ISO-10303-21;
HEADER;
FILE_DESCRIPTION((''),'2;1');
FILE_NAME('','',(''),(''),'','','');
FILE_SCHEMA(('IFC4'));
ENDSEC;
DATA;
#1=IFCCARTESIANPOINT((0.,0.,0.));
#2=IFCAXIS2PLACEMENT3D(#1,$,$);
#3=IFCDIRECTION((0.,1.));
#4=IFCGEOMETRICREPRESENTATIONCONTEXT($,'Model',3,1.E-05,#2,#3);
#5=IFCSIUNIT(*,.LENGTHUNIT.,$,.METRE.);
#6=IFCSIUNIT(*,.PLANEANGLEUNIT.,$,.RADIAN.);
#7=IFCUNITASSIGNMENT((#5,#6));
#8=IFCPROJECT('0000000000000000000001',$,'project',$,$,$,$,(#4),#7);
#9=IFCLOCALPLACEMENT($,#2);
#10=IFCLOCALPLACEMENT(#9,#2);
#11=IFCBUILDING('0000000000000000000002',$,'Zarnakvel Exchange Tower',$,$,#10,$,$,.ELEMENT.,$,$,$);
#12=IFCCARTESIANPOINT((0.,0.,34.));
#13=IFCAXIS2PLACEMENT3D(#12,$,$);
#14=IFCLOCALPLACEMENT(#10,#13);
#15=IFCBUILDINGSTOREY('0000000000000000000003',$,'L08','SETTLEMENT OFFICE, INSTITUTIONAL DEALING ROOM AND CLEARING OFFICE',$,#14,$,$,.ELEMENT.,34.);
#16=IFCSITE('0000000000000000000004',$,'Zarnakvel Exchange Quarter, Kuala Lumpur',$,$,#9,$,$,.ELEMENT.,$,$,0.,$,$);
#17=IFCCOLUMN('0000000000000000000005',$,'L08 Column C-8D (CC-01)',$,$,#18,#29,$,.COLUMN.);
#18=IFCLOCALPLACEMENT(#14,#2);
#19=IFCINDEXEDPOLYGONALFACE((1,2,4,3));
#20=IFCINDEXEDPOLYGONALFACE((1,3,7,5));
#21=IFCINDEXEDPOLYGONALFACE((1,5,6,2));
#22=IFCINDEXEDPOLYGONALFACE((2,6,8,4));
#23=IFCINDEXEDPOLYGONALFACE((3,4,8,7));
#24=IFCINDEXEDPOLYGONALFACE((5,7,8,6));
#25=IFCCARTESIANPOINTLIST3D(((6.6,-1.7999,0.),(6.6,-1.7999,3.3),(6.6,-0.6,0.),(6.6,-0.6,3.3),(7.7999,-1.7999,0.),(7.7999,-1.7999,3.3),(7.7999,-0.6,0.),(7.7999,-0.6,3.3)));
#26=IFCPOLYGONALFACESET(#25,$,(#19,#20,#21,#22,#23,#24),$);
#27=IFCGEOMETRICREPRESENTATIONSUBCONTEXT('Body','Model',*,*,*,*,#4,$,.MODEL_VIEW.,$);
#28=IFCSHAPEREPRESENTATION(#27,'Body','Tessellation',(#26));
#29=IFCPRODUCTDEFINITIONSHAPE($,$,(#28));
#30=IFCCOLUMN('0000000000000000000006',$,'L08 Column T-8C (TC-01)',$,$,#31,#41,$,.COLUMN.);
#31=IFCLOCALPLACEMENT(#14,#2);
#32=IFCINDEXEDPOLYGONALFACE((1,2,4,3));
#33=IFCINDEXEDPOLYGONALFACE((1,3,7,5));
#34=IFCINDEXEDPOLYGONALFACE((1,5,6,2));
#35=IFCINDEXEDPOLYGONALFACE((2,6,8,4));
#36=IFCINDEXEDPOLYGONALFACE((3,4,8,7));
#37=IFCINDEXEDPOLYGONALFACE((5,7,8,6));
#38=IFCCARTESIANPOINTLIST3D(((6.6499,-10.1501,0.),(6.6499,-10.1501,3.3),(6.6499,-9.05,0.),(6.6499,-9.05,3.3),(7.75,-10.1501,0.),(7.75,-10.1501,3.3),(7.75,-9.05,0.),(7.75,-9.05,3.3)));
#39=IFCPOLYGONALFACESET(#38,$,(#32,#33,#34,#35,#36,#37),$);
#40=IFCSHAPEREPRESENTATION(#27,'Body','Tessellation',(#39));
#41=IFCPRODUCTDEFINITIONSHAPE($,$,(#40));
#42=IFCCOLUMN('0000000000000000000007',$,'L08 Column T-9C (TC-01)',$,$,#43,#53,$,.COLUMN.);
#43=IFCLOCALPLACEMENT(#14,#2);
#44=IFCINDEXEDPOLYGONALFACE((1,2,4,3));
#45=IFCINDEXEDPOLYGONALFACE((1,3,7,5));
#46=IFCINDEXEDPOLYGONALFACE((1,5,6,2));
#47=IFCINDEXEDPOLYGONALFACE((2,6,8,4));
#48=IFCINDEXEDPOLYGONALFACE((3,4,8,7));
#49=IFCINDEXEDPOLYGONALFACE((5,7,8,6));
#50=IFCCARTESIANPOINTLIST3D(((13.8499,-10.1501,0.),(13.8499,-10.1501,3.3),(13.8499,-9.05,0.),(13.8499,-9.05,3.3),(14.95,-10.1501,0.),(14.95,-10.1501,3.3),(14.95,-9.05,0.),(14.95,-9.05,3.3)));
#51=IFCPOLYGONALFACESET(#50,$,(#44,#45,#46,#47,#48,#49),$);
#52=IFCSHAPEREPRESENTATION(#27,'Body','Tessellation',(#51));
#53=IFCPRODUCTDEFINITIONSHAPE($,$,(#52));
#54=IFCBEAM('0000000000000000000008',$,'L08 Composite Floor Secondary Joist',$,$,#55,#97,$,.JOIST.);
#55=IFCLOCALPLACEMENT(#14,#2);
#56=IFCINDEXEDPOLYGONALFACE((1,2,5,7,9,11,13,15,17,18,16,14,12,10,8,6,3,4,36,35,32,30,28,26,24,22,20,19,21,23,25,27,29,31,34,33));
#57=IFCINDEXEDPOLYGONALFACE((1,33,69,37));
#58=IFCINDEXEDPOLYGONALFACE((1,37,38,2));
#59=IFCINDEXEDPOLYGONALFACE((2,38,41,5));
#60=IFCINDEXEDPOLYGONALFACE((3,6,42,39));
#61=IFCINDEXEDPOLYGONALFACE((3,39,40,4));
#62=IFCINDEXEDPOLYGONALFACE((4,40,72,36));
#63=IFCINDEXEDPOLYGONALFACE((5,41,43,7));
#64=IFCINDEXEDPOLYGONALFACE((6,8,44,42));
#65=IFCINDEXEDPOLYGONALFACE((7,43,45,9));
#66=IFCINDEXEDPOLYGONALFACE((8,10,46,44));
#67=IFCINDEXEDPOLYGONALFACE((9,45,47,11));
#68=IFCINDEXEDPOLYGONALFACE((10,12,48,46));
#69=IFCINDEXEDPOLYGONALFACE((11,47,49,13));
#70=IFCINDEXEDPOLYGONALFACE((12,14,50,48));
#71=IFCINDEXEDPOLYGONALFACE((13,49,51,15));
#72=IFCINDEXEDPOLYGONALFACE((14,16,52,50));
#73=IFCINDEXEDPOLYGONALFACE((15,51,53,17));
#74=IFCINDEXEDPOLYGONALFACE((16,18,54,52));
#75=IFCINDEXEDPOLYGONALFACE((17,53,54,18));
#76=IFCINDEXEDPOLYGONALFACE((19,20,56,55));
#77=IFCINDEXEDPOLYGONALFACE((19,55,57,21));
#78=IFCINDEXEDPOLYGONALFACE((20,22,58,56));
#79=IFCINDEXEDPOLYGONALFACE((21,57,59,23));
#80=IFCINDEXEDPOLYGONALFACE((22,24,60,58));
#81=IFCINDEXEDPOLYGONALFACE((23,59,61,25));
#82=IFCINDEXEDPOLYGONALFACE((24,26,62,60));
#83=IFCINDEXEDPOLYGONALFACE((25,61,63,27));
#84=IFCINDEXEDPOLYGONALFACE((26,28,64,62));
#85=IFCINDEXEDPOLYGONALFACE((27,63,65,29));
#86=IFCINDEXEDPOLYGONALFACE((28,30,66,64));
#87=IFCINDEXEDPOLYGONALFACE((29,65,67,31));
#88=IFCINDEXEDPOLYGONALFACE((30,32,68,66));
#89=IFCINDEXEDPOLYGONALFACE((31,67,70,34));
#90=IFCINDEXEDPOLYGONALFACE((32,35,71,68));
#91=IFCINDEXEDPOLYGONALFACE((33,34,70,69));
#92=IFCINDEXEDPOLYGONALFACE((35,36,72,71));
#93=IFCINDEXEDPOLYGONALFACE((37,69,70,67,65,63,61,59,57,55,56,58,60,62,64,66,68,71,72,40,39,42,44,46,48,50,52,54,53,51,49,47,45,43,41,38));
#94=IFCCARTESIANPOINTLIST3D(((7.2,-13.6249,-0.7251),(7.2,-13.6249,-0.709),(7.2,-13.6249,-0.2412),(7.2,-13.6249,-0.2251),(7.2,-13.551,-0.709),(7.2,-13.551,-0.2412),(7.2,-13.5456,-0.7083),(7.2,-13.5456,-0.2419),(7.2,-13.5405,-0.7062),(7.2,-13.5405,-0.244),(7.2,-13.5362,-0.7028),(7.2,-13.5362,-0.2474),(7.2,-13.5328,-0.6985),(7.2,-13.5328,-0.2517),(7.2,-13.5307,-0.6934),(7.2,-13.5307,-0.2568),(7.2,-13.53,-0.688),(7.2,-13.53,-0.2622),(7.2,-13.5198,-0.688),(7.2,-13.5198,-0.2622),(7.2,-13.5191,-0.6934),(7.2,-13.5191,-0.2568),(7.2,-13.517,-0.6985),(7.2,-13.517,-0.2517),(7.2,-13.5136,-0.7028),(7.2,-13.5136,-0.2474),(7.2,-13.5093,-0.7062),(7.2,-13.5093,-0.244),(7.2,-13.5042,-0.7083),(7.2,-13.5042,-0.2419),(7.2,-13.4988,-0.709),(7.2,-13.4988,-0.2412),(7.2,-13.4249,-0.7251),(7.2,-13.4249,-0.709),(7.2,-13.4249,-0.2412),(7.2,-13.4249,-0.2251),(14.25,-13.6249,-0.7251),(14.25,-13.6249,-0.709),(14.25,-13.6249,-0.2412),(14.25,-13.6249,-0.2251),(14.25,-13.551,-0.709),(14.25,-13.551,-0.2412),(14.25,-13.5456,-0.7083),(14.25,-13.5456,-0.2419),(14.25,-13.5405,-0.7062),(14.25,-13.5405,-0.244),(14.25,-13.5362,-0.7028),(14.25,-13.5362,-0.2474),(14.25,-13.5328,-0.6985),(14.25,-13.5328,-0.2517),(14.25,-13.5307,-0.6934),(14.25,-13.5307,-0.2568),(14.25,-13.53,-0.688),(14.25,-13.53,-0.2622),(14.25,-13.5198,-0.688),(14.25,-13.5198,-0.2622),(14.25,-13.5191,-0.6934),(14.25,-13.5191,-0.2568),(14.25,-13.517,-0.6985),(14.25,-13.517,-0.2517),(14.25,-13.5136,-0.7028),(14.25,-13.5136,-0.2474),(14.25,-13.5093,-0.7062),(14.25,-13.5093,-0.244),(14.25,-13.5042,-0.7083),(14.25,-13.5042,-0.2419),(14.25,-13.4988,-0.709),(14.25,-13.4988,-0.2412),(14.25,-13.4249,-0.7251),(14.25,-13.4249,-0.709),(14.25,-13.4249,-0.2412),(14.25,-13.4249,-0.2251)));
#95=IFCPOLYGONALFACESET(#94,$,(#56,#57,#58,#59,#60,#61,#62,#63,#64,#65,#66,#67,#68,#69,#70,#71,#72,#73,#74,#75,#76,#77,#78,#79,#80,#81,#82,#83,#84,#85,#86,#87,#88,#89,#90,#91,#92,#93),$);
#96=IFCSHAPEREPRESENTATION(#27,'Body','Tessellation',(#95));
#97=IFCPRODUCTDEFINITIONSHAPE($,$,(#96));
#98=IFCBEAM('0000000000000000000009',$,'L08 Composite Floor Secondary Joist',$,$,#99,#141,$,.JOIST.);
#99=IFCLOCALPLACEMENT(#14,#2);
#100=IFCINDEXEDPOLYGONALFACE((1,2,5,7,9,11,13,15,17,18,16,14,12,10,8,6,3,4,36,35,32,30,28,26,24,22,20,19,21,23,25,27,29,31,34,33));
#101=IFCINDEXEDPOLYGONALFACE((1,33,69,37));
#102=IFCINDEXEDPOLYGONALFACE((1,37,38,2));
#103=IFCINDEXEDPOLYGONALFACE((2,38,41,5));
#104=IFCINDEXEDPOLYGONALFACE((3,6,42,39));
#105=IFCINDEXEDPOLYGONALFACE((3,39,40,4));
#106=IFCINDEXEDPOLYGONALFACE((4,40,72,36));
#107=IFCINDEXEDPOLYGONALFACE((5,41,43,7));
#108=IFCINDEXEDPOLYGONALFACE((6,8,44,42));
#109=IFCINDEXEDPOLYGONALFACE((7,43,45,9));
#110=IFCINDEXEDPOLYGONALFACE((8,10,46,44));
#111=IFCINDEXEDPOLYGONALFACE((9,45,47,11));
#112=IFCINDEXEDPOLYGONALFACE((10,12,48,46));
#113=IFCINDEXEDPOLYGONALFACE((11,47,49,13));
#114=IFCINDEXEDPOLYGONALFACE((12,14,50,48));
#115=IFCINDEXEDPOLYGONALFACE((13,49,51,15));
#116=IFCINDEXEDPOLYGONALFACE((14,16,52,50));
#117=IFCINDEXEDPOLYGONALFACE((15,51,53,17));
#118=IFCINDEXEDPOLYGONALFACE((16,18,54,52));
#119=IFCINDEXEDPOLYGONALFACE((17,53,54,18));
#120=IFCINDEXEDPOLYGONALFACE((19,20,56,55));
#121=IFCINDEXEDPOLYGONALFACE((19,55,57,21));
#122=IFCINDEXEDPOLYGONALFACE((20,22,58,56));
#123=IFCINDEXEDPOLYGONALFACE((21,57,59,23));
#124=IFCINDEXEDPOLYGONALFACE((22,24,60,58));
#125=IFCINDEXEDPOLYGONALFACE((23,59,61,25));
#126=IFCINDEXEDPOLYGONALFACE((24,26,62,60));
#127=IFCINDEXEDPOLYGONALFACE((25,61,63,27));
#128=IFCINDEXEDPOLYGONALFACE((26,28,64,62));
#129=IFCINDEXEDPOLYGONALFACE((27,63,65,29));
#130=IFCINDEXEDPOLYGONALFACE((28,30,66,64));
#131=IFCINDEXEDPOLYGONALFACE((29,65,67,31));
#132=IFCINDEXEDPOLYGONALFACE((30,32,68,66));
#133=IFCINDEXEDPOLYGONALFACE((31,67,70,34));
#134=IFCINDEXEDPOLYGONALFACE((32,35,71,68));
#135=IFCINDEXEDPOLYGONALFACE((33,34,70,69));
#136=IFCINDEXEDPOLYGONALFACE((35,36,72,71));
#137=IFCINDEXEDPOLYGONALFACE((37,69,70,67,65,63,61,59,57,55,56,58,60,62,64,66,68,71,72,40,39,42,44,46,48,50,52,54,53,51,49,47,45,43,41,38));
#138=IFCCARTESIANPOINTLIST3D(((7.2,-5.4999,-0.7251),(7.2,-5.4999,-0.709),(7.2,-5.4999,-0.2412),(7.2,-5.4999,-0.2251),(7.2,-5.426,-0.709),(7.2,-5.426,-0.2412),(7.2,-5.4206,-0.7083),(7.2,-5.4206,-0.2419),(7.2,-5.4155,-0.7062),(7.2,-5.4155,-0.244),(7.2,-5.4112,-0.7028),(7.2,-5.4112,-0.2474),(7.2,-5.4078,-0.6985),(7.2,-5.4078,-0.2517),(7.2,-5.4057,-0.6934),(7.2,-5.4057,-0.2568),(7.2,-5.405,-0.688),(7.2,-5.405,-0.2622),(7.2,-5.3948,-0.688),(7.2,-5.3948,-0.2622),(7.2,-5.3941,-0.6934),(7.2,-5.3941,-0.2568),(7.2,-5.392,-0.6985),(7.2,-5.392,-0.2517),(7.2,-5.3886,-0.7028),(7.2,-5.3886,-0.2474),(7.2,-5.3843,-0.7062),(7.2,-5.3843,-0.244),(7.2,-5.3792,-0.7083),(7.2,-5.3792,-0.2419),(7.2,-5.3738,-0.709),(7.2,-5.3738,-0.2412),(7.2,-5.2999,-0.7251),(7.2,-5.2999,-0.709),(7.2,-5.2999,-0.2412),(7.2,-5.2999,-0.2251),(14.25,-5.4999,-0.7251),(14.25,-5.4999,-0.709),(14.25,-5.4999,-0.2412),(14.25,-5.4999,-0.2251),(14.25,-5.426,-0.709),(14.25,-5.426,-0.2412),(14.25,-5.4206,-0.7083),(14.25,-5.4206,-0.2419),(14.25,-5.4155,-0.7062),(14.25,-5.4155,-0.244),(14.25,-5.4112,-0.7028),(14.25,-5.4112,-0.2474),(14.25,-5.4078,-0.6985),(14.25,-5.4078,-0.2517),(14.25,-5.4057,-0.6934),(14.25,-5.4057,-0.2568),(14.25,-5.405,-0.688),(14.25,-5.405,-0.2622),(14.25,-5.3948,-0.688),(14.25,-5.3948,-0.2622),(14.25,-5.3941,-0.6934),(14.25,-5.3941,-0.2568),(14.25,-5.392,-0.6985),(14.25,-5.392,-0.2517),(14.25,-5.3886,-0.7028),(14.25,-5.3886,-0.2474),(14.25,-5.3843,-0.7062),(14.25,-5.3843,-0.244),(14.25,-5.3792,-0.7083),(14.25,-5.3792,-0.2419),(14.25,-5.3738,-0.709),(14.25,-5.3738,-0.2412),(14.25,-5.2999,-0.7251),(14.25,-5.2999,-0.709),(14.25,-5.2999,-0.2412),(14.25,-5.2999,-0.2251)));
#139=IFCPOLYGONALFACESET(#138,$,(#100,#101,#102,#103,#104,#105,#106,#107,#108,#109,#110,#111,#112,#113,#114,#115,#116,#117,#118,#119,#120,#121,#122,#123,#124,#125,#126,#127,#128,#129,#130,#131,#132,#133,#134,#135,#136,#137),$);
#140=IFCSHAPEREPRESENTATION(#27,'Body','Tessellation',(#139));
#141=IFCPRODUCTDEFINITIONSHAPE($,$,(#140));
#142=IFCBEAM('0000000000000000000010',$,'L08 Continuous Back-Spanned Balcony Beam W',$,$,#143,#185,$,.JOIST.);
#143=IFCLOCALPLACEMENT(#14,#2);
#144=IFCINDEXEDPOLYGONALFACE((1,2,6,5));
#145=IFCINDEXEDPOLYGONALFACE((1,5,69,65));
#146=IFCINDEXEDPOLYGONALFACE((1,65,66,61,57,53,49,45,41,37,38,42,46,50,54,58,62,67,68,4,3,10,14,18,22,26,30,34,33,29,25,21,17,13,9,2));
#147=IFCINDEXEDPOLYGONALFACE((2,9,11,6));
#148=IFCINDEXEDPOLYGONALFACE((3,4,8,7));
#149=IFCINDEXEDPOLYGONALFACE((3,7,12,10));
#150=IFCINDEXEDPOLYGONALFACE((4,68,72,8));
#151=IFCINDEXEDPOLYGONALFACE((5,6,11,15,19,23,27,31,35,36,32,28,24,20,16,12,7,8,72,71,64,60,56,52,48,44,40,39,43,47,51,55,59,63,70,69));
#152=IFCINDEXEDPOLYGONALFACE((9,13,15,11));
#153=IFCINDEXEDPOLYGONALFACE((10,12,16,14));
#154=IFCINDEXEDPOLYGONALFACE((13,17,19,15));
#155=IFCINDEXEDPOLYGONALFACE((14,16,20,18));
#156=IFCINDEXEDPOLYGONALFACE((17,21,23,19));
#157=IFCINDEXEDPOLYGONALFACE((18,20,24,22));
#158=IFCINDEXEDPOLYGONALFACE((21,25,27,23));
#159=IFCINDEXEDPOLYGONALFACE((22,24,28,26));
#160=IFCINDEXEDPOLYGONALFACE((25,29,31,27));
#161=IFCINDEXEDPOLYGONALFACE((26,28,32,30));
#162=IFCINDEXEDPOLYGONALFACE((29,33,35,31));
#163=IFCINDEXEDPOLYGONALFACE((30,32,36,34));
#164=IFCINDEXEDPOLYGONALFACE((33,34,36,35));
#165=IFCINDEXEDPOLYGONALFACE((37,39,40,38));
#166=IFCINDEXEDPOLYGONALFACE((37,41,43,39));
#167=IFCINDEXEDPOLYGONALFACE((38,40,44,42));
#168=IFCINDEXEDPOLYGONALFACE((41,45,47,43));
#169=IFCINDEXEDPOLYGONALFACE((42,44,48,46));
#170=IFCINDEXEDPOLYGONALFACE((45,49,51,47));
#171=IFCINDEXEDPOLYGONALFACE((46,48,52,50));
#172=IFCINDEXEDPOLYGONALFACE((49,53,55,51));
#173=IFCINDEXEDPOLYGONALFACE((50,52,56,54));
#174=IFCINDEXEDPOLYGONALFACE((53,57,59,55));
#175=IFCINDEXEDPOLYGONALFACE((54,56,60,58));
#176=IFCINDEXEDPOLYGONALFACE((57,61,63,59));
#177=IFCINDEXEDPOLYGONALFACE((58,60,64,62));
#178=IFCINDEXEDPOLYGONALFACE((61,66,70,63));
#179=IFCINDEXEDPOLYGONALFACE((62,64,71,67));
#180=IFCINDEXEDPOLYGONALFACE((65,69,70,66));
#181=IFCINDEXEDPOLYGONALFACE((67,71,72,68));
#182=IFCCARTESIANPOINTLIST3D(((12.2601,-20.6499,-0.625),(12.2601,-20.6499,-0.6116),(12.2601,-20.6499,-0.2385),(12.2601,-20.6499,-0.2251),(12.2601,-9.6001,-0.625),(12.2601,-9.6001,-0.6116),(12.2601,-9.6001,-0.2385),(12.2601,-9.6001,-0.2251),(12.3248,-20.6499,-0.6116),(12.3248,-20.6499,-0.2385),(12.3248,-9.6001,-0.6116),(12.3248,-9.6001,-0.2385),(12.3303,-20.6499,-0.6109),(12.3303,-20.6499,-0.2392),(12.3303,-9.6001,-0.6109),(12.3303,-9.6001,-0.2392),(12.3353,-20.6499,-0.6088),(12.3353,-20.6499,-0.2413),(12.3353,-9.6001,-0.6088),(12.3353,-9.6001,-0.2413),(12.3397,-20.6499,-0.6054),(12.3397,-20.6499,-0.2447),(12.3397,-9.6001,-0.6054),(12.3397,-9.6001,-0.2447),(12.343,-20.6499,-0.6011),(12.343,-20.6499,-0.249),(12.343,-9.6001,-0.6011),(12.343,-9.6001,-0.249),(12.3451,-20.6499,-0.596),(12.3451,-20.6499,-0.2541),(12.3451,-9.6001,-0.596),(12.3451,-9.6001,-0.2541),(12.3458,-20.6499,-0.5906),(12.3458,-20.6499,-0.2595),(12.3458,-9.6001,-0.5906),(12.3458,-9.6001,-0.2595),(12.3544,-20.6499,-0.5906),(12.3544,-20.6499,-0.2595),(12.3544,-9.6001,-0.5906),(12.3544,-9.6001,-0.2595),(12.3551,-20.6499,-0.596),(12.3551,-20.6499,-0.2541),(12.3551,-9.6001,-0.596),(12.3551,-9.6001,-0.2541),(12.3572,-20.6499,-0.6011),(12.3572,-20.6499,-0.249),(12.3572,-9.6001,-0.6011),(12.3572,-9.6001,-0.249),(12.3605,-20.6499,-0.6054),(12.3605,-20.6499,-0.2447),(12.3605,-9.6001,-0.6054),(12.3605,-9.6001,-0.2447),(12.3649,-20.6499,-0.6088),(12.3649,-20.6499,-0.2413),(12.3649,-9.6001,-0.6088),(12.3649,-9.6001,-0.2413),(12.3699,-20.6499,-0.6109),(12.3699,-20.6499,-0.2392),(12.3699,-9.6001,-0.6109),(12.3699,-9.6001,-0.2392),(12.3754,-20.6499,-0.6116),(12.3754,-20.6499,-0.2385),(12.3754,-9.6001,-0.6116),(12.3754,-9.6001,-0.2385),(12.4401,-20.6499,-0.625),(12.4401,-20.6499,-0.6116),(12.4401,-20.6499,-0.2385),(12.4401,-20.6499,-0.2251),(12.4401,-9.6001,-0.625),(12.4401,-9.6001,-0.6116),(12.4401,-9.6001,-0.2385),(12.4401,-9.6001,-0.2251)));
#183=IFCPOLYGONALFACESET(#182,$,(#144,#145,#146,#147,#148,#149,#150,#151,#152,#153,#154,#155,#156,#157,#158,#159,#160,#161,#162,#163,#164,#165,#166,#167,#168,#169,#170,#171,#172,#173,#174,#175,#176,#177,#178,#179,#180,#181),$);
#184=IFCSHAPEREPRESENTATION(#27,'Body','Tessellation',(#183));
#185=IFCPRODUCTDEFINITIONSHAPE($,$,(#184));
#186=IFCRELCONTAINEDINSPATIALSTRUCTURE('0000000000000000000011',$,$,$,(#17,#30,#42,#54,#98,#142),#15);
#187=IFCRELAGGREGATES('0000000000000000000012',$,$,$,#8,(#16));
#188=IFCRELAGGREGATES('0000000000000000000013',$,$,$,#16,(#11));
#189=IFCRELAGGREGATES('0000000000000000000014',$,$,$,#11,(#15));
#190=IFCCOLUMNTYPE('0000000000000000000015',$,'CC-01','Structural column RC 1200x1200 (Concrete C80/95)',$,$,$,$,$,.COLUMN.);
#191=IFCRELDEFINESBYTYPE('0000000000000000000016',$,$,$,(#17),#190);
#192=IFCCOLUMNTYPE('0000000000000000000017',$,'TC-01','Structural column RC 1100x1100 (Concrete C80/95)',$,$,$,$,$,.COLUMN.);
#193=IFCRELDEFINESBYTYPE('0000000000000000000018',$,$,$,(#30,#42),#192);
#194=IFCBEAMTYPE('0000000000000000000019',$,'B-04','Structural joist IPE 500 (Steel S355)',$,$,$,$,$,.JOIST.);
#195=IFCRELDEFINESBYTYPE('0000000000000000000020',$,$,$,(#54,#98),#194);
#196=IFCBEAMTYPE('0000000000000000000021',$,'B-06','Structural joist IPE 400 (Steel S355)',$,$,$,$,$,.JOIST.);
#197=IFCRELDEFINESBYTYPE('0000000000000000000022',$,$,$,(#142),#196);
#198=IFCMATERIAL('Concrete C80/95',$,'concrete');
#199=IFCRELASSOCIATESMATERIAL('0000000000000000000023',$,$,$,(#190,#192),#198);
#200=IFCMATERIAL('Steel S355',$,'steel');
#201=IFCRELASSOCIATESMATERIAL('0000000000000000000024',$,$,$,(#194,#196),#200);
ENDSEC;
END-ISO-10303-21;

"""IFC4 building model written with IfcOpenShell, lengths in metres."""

from ifc_helpers import new_model, si_unit, direction, frame, origin, origin_2d, place, context, subcontext, project, spatial, rectangle, i_section, extrude, material, material_profile, profile_set, type_object, element, save


model = new_model("IFC4")

# Units and contexts
model_context = context("Model", 3, precision=1e-05, world=origin(), true_north=direction((0.0, 1.0)))
body_context = subcontext(model_context, "Body", "Model", "MODEL_VIEW")
ifc_project = project(units=[si_unit("LENGTHUNIT", "METRE"), si_unit("PLANEANGLEUNIT", "RADIAN")], contexts=[model_context])

# Site, building, storey
site_placement = place(None, origin())
site = spatial("IfcSite", under=ifc_project, at=site_placement, Name="Zarnakvel Exchange Quarter, Kuala Lumpur", CompositionType="ELEMENT", RefElevation=0.0)
building_placement = place(site_placement, origin())
building = spatial("IfcBuilding", under=site, at=building_placement, Name="Zarnakvel Exchange Tower", CompositionType="ELEMENT")
storey_placement = place(building_placement, frame((0.0, 0.0, 34.0)))
storey = spatial("IfcBuildingStorey", under=building, at=storey_placement, Name="L08", Description="SETTLEMENT OFFICE, INSTITUTIONAL DEALING ROOM AND CLEARING OFFICE", CompositionType="ELEMENT", Elevation=34.0)

# Columns
ifc_material_1 = material(Name="Concrete C80/95", Category="concrete")
ifc_material_profile_1 = material_profile(ifc_material_1, rectangle(XDim=1.2, YDim=1.2, at=origin_2d()))
ifc_profile_set_1 = profile_set([ifc_material_profile_1], Name="Concrete C80/95")
column_type_1 = type_object("IfcColumnType", Name="CC-01", Description="Structural column RC 1200x1200 (Concrete C80/95)", PredefinedType="COLUMN", material=ifc_profile_set_1)
column_placement = place(storey_placement, frame((7.2, -1.2, 0.0), z_axis=(0.0, 0.0, 1.0), x_axis=(1.0, 0.0, 0.0)))
element("IfcColumn", 1, at=column_placement, inside=storey, type_object=column_type_1, Name="L08 Column C-8D (CC-01)", PredefinedType="COLUMN", context=body_context, shape_type="SweptSolid", body=[
    extrude(rectangle(XDim=1.2, YDim=1.2, at=origin_2d()), origin(), (0.0, 0.0, 1.0), 3.3),
])
ifc_material_profile_2 = material_profile(ifc_material_1, rectangle(XDim=1.1001, YDim=1.1001, at=origin_2d()))
ifc_profile_set_2 = profile_set([ifc_material_profile_2], Name="Concrete C80/95")
column_type_2 = type_object("IfcColumnType", Name="TC-01", Description="Structural column RC 1100x1100 (Concrete C80/95)", PredefinedType="COLUMN", material=ifc_profile_set_2)
for number, where, z_axis, x_axis, name in (
    (2, (7.2, -9.6001, 0.0), (0.0, 0.0, 1.0), (1.0, 0.0, 0.0), "L08 Column T-8C (TC-01)"),
    (3, (14.3999, -9.6001, 0.0), (0.0, 0.0, 1.0), (1.0, 0.0, 0.0), "L08 Column T-9C (TC-01)"),
):
    element("IfcColumn", number, at=place(storey_placement, frame(where, z_axis=z_axis, x_axis=x_axis)), inside=storey, type_object=column_type_2, Name=name, PredefinedType="COLUMN", context=body_context, shape_type="SweptSolid", body=[
        extrude(rectangle(XDim=1.1001, YDim=1.1001, at=origin_2d()), origin(), (0.0, 0.0, 1.0), 3.3),
    ])

# Beams
ifc_material_2 = material(Name="Steel S355", Category="steel")
ifc_material_profile_3 = material_profile(ifc_material_2, i_section(OverallWidth=0.2, OverallDepth=0.5, WebThickness=0.0103, FlangeThickness=0.0161, FilletRadius=0.021, at=origin_2d()))
ifc_profile_set_3 = profile_set([ifc_material_profile_3], Name="Steel S355")
beam_type_1 = type_object("IfcBeamType", Name="B-04", Description="Structural joist IPE 500 (Steel S355)", PredefinedType="JOIST", material=ifc_profile_set_3)
for number, where, z_axis, x_axis, name in (
    (4, (7.2, -13.5249, -0.4751), (1.0, 0.0, 0.0), (0.0, 1.0, 0.0), "L08 Composite Floor Secondary Joist"),
    (5, (7.2, -5.3999, -0.4751), (1.0, 0.0, 0.0), (0.0, 1.0, 0.0), "L08 Composite Floor Secondary Joist"),
):
    element("IfcBeam", number, at=place(storey_placement, frame(where, z_axis=z_axis, x_axis=x_axis)), inside=storey, type_object=beam_type_1, Name=name, PredefinedType="JOIST", context=body_context, shape_type="SweptSolid", body=[
        extrude(i_section(OverallWidth=0.2, OverallDepth=0.5, WebThickness=0.0103, FlangeThickness=0.0161, FilletRadius=0.021, at=origin_2d()), origin(), (0.0, 0.0, 1.0), 7.05),
    ])
ifc_material_profile_4 = material_profile(ifc_material_2, i_section(OverallWidth=0.1799, OverallDepth=0.3999, WebThickness=0.0085, FlangeThickness=0.0134, FilletRadius=0.021, at=origin_2d()))
ifc_profile_set_4 = profile_set([ifc_material_profile_4], Name="Steel S355")
beam_type_2 = type_object("IfcBeamType", Name="B-06", Description="Structural joist IPE 400 (Steel S355)", PredefinedType="JOIST", material=ifc_profile_set_4)
beam_1_placement = place(storey_placement, frame((12.3501, -9.6001, -0.425), z_axis=(0.0, -1.0, 0.0), x_axis=(1.0, 0.0, 0.0)))
element("IfcBeam", 6, at=beam_1_placement, inside=storey, type_object=beam_type_2, Name="L08 Continuous Back-Spanned Balcony Beam W", PredefinedType="JOIST", context=body_context, shape_type="SweptSolid", body=[
    extrude(i_section(OverallWidth=0.1799, OverallDepth=0.3999, WebThickness=0.0085, FlangeThickness=0.0134, FilletRadius=0.021, at=origin_2d()), origin(), (0.0, 0.0, 1.0), 11.0498),
])

save(model, "model.ifc")
